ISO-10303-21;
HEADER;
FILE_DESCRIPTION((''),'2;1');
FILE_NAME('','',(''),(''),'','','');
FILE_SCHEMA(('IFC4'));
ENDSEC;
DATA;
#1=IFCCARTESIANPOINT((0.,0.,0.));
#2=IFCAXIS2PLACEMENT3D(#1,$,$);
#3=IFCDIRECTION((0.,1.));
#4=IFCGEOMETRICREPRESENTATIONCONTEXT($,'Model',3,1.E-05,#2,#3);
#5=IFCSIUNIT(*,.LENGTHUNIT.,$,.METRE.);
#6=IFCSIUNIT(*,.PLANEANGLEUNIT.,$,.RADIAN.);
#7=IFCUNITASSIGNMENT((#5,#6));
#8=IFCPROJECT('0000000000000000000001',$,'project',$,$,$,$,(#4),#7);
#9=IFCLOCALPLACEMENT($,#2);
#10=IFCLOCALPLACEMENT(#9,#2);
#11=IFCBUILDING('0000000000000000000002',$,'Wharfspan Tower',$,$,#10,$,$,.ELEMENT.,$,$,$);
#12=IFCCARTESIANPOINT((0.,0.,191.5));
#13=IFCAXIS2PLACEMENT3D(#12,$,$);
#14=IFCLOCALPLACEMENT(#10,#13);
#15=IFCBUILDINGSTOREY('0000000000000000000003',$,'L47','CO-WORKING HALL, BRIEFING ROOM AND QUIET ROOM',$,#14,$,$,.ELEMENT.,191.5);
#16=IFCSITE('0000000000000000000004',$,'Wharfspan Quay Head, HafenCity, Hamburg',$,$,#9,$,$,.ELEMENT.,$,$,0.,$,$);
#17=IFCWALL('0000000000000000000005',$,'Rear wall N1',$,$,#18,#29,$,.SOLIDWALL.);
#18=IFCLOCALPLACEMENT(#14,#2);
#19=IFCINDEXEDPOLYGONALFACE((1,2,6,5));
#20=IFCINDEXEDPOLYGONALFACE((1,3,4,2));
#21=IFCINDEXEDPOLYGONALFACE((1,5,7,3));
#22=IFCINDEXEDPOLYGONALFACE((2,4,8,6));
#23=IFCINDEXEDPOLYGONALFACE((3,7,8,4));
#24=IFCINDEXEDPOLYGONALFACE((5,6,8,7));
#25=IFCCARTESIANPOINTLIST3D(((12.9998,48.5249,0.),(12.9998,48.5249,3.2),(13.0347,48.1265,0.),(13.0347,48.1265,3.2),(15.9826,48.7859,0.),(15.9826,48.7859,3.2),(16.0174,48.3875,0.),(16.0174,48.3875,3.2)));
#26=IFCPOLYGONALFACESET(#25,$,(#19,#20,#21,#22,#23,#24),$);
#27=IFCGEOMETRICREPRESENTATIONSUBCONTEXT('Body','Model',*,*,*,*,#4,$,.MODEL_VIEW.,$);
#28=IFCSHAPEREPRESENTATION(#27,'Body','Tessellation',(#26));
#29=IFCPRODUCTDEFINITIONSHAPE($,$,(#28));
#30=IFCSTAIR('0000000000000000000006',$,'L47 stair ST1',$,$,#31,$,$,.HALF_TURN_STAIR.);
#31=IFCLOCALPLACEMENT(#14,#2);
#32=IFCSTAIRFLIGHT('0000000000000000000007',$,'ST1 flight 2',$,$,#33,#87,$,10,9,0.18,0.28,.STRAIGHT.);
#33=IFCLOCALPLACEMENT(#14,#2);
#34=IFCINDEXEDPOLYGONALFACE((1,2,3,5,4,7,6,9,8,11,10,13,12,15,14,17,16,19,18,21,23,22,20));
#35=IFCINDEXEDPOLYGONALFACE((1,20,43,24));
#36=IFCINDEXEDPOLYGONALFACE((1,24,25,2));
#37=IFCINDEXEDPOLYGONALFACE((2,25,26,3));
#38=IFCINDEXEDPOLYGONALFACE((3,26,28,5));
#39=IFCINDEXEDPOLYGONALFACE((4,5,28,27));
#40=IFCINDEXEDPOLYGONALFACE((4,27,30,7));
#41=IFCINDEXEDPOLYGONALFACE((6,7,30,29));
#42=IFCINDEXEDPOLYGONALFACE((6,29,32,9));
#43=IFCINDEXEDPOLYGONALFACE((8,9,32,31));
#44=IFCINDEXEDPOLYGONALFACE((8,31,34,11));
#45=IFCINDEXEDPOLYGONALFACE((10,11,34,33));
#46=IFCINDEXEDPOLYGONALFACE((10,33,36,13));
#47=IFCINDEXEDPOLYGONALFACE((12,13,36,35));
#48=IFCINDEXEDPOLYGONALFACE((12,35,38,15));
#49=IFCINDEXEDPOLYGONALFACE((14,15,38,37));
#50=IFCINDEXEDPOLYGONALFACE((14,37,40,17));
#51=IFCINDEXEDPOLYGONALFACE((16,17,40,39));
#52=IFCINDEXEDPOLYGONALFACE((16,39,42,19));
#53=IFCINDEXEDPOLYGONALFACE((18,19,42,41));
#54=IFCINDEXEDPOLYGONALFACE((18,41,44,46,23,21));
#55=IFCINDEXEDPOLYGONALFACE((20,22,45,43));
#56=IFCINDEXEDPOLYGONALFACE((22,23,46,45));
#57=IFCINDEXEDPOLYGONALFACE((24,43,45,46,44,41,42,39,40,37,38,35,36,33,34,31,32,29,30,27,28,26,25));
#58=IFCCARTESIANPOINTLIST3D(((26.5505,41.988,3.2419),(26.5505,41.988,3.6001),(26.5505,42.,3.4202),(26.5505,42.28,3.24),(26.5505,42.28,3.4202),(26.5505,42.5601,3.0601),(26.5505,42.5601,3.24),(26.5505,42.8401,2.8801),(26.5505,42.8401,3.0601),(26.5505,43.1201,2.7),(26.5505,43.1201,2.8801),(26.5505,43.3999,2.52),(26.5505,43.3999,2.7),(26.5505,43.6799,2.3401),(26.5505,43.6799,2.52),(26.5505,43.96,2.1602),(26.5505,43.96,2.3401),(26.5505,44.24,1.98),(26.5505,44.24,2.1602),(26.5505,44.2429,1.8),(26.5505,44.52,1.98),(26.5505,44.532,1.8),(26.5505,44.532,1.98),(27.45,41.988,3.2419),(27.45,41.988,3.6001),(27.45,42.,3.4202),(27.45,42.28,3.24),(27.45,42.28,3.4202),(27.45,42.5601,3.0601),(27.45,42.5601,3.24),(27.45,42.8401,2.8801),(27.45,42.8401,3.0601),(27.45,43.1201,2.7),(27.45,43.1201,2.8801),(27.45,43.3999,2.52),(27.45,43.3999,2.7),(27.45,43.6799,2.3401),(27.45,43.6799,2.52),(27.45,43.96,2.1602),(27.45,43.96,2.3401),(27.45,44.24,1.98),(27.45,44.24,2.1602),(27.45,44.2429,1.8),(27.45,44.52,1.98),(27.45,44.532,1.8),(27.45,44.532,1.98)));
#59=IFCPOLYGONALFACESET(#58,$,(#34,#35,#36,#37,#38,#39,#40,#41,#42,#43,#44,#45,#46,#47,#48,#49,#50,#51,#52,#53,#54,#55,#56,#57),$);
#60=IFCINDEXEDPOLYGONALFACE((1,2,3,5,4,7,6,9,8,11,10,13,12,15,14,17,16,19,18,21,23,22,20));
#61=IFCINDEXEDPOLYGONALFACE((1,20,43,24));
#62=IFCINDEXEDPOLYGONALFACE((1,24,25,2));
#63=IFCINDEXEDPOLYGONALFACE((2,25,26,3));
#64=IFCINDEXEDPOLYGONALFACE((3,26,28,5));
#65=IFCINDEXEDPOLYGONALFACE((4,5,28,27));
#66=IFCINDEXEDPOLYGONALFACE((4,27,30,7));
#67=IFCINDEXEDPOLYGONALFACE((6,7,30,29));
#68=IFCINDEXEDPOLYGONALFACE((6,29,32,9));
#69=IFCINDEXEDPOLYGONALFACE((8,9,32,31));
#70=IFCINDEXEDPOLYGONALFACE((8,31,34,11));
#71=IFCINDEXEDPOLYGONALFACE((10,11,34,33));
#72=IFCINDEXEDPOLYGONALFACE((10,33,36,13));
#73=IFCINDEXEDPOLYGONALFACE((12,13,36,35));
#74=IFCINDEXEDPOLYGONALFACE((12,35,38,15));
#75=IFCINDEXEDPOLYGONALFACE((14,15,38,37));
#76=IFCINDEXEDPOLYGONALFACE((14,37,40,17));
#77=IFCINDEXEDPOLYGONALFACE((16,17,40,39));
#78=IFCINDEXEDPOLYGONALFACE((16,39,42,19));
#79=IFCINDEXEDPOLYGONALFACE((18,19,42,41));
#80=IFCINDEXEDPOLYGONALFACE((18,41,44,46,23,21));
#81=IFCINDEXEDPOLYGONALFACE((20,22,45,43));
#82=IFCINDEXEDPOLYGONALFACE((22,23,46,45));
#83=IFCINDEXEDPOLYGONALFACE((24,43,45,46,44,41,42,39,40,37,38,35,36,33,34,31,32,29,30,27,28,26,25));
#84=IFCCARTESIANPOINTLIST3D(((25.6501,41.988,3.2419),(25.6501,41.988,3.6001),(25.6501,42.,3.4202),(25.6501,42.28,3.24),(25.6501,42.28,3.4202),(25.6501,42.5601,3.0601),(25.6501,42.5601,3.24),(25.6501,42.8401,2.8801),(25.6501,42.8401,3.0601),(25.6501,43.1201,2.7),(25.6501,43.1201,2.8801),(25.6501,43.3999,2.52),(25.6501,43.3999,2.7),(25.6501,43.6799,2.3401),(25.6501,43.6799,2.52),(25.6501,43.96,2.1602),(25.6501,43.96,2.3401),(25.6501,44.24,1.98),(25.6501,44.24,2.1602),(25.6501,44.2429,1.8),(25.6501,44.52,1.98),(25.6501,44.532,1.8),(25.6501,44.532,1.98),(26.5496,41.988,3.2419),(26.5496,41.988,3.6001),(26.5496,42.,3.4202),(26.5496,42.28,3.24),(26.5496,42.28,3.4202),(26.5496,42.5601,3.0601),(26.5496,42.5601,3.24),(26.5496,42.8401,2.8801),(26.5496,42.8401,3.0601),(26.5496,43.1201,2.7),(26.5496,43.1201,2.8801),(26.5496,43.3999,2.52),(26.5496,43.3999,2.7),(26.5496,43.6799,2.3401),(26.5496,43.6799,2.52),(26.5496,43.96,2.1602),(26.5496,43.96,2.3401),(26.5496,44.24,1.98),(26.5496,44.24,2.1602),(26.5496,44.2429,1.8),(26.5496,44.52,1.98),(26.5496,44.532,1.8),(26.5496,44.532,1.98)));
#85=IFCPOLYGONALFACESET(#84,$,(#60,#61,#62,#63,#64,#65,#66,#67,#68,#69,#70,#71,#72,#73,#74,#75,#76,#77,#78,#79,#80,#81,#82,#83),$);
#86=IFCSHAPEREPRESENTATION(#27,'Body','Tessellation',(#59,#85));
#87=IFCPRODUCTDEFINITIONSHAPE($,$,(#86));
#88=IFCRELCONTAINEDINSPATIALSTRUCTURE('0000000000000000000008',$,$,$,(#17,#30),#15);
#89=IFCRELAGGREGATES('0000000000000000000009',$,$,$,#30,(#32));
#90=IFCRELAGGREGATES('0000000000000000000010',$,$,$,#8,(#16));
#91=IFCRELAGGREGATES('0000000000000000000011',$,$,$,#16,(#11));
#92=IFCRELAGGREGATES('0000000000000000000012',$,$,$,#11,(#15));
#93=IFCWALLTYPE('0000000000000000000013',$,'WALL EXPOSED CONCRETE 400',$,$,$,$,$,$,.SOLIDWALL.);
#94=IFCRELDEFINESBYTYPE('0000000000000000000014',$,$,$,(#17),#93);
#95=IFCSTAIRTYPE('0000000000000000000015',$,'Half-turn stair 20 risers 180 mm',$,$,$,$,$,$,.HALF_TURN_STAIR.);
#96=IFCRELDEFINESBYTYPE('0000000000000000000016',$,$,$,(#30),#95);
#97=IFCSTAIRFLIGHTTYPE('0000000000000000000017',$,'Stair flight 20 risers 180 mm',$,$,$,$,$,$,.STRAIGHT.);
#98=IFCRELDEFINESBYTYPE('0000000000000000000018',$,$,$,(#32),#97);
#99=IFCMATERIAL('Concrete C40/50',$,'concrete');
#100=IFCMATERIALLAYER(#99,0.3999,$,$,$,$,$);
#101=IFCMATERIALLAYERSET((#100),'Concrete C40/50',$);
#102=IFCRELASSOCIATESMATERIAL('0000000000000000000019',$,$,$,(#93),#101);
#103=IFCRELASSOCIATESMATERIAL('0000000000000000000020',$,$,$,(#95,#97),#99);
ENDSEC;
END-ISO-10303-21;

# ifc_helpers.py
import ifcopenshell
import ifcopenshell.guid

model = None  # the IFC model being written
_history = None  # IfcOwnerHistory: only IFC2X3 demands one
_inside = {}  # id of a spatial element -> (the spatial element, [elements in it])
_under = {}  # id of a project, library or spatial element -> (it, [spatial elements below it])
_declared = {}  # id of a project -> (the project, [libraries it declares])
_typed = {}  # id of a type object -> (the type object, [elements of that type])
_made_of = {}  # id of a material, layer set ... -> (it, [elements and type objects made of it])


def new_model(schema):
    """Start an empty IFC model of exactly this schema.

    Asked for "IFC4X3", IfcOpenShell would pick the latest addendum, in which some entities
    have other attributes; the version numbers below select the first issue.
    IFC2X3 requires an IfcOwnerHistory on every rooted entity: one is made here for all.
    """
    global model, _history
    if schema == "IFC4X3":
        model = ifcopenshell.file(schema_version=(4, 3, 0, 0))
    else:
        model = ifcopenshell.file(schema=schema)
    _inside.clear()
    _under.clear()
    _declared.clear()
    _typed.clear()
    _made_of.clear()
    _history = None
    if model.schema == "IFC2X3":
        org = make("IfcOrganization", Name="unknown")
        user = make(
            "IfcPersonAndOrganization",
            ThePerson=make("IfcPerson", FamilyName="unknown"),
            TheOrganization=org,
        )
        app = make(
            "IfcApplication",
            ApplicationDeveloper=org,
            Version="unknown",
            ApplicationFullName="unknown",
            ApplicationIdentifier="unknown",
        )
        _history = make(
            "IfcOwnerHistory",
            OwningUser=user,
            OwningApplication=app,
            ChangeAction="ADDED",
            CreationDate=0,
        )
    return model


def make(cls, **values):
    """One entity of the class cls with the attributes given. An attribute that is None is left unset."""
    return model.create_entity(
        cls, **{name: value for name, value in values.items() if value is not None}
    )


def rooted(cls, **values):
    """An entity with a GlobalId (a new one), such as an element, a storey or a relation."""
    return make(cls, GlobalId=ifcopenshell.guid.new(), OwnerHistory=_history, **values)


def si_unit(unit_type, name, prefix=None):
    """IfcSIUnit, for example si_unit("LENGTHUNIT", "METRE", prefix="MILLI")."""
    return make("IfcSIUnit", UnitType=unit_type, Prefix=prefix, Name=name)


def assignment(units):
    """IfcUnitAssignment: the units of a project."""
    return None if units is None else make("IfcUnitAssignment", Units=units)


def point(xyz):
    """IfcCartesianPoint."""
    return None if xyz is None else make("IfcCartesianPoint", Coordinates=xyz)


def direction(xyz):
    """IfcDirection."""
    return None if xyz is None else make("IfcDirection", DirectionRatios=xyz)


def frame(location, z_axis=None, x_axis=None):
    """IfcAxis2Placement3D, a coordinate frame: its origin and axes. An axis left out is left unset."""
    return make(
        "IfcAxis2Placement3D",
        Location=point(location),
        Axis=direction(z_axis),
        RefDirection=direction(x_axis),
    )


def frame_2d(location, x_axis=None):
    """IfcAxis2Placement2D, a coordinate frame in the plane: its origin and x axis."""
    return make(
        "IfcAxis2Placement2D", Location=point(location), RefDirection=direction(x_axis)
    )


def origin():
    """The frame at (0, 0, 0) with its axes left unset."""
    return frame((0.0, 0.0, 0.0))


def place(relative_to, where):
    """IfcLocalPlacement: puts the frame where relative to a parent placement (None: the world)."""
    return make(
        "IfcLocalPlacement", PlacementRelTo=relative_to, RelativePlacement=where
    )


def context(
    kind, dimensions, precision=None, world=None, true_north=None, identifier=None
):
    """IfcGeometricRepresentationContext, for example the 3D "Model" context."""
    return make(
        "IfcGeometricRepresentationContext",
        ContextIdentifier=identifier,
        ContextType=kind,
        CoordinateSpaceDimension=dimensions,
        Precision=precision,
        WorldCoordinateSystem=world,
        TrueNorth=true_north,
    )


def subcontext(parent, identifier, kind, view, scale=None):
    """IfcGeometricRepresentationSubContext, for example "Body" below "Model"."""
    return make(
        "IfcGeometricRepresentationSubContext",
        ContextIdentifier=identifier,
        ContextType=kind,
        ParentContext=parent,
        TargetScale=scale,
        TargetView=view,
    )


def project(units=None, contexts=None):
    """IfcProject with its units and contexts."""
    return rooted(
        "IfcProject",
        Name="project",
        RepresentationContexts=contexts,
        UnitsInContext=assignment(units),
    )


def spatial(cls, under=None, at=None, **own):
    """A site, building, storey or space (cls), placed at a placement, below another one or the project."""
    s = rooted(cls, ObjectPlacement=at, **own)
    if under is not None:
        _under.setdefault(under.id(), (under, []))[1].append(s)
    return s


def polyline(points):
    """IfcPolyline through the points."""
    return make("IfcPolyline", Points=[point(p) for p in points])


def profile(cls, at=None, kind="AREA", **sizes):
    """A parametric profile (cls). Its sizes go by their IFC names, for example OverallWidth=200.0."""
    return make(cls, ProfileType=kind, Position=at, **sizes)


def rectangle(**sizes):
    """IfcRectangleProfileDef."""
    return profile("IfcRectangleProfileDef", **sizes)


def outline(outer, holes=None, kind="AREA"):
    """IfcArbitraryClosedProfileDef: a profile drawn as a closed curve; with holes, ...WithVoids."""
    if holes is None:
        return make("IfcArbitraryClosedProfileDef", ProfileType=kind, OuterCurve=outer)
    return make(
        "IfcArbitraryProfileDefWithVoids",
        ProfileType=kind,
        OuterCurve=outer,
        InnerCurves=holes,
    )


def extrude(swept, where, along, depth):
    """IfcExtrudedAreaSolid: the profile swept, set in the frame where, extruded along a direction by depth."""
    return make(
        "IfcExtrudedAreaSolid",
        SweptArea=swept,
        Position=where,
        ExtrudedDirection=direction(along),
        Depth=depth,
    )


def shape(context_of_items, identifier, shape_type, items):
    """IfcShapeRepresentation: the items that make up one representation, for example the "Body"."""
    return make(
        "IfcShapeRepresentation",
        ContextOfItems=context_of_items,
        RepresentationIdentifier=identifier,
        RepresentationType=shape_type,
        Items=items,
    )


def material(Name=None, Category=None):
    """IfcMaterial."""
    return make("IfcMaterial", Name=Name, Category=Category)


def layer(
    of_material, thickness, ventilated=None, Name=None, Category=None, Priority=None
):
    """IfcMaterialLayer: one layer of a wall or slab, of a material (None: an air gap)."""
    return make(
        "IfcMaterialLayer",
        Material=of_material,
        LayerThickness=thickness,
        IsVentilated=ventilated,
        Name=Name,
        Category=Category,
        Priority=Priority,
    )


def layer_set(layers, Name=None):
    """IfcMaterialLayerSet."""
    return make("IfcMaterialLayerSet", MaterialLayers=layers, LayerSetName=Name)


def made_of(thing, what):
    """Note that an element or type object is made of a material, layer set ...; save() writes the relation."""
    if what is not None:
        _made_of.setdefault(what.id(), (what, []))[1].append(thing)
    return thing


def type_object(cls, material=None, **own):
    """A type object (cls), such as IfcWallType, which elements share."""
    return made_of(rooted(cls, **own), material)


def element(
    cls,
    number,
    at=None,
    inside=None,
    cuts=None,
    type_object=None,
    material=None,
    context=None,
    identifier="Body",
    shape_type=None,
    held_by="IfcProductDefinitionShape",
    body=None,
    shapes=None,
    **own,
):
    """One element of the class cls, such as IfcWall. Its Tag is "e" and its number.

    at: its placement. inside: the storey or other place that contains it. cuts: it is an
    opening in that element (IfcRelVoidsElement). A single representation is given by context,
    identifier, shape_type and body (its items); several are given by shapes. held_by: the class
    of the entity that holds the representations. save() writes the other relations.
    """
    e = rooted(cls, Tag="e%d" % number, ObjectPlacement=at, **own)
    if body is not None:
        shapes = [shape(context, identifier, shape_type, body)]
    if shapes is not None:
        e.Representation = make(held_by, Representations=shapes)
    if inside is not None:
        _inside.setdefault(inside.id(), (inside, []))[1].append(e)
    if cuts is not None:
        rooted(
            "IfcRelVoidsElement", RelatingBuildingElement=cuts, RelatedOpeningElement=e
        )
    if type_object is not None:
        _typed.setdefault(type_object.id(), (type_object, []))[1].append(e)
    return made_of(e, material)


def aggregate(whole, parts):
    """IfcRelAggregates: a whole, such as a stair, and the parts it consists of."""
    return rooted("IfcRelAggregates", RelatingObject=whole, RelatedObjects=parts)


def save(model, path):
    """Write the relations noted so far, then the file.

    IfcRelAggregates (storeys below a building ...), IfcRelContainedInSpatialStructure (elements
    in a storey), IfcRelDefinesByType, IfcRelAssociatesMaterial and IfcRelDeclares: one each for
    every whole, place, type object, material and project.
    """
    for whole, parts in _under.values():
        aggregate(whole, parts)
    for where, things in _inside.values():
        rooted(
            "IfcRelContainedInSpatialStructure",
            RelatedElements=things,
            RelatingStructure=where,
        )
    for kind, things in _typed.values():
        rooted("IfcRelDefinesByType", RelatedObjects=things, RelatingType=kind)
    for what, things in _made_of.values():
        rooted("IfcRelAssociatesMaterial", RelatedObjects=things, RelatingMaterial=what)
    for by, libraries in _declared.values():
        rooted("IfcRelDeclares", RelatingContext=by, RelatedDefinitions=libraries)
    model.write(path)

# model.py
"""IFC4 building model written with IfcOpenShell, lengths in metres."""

from ifc_helpers import new_model, si_unit, direction, frame, frame_2d, origin, place, context, subcontext, project, spatial, polyline, rectangle, outline, extrude, material, layer, layer_set, type_object, element, aggregate, save


model = new_model("IFC4")

# Units and contexts
model_context = context("Model", 3, precision=1e-05, world=origin(), true_north=direction((0.0, 1.0)))
body_context = subcontext(model_context, "Body", "Model", "MODEL_VIEW")
ifc_project = project(units=[si_unit("LENGTHUNIT", "METRE"), si_unit("PLANEANGLEUNIT", "RADIAN")], contexts=[model_context])

# Site, building, storey
site_placement = place(None, origin())
site = spatial("IfcSite", under=ifc_project, at=site_placement, Name="Wharfspan Quay Head, HafenCity, Hamburg", CompositionType="ELEMENT", RefElevation=0.0)
building_placement = place(site_placement, origin())
building = spatial("IfcBuilding", under=site, at=building_placement, Name="Wharfspan Tower", CompositionType="ELEMENT")
storey_placement = place(building_placement, frame((0.0, 0.0, 191.5)))
storey = spatial("IfcBuildingStorey", under=building, at=storey_placement, Name="L47", Description="CO-WORKING HALL, BRIEFING ROOM AND QUIET ROOM", CompositionType="ELEMENT", Elevation=191.5)

# Wall
ifc_material_1 = material(Name="Concrete C40/50", Category="concrete")
ifc_layer_1 = layer(ifc_material_1, 0.3999)
ifc_layer_set_1 = layer_set([ifc_layer_1], Name="Concrete C40/50")
wall_type_1 = type_object("IfcWallType", Name="WALL EXPOSED CONCRETE 400", PredefinedType="SOLIDWALL", material=ifc_layer_set_1)
wall_1_placement = place(storey_placement, frame((16.0, 48.5867, 0.0), z_axis=(0.0, 0.0, 1.0), x_axis=(-0.996194, -0.087168, 0.0)))
element("IfcWall", 1, at=wall_1_placement, inside=storey, type_object=wall_type_1, Name="Rear wall N1", PredefinedType="SOLIDWALL", context=body_context, shape_type="SweptSolid", body=[
    extrude(rectangle(XDim=2.9941, YDim=0.3999, at=frame_2d((1.4971, 0.0))), origin(), (0.0, 0.0, 1.0), 3.2),
])

# Stair, stair flight
stair_type = type_object("IfcStairType", Name="Half-turn stair 20 risers 180 mm", PredefinedType="HALF_TURN_STAIR", material=ifc_material_1)
stair_placement = place(storey_placement, origin())
stair = element("IfcStair", 2, at=stair_placement, inside=storey, type_object=stair_type, Name="L47 stair ST1", PredefinedType="HALF_TURN_STAIR")
stair_flight_type = type_object("IfcStairFlightType", Name="Stair flight 20 risers 180 mm", PredefinedType="STRAIGHT", material=ifc_material_1)
stair_flight_placement = place(storey_placement, frame((26.55, 44.52, 1.8), z_axis=(0.0, 0.0, 1.0), x_axis=(0.0, -1.0, 0.0)))
stair_flight = element("IfcStairFlight", 3, at=stair_flight_placement, type_object=stair_flight_type, Name="ST1 flight 2", NumberOfRisers=10, NumberOfTreads=9, PredefinedType="STRAIGHT", RiserHeight=0.18, TreadLength=0.28, context=body_context, shape_type="SweptSolid", body=[
    extrude(outline(polyline([(-0.012, 0.0), (-0.012, 0.1799), (0.0, 0.1799), (0.28, 0.1799), (0.28, 0.3601), (0.5601, 0.3601), (0.5601, 0.54), (0.8401, 0.54), (0.8401, 0.72), (1.1201, 0.72), (1.1201, 0.8999), (1.3999, 0.8999), (1.3999, 1.0801), (1.6799, 1.0801), (1.6799, 1.26), (1.96, 1.26), (1.96, 1.4399), (2.24, 1.4399), (2.24, 1.6201), (2.52, 1.6201), (2.532, 1.8), (2.532, 1.4419), (0.2771, 0.0), (-0.012, 0.0)])), frame((0.0, 0.8999, 0.0), z_axis=(0.0, -1.0, 0.0), x_axis=(1.0, 0.0, 0.0)), (0.0, 0.0, 1.0), 0.8994),
    extrude(outline(polyline([(-0.012, 0.0), (-0.012, 0.1799), (0.0, 0.1799), (0.28, 0.1799), (0.28, 0.3601), (0.5601, 0.3601), (0.5601, 0.54), (0.8401, 0.54), (0.8401, 0.72), (1.1201, 0.72), (1.1201, 0.8999), (1.3999, 0.8999), (1.3999, 1.0801), (1.6799, 1.0801), (1.6799, 1.26), (1.96, 1.26), (1.96, 1.4399), (2.24, 1.4399), (2.24, 1.6201), (2.52, 1.6201), (2.532, 1.8), (2.532, 1.4419), (0.2771, 0.0), (-0.012, 0.0)])), frame((0.0, -0.0005, 0.0), z_axis=(0.0, -1.0, 0.0), x_axis=(1.0, 0.0, 0.0)), (0.0, 0.0, 1.0), 0.8994),
])
aggregate(stair, [stair_flight])

save(model, "model.ifc")
